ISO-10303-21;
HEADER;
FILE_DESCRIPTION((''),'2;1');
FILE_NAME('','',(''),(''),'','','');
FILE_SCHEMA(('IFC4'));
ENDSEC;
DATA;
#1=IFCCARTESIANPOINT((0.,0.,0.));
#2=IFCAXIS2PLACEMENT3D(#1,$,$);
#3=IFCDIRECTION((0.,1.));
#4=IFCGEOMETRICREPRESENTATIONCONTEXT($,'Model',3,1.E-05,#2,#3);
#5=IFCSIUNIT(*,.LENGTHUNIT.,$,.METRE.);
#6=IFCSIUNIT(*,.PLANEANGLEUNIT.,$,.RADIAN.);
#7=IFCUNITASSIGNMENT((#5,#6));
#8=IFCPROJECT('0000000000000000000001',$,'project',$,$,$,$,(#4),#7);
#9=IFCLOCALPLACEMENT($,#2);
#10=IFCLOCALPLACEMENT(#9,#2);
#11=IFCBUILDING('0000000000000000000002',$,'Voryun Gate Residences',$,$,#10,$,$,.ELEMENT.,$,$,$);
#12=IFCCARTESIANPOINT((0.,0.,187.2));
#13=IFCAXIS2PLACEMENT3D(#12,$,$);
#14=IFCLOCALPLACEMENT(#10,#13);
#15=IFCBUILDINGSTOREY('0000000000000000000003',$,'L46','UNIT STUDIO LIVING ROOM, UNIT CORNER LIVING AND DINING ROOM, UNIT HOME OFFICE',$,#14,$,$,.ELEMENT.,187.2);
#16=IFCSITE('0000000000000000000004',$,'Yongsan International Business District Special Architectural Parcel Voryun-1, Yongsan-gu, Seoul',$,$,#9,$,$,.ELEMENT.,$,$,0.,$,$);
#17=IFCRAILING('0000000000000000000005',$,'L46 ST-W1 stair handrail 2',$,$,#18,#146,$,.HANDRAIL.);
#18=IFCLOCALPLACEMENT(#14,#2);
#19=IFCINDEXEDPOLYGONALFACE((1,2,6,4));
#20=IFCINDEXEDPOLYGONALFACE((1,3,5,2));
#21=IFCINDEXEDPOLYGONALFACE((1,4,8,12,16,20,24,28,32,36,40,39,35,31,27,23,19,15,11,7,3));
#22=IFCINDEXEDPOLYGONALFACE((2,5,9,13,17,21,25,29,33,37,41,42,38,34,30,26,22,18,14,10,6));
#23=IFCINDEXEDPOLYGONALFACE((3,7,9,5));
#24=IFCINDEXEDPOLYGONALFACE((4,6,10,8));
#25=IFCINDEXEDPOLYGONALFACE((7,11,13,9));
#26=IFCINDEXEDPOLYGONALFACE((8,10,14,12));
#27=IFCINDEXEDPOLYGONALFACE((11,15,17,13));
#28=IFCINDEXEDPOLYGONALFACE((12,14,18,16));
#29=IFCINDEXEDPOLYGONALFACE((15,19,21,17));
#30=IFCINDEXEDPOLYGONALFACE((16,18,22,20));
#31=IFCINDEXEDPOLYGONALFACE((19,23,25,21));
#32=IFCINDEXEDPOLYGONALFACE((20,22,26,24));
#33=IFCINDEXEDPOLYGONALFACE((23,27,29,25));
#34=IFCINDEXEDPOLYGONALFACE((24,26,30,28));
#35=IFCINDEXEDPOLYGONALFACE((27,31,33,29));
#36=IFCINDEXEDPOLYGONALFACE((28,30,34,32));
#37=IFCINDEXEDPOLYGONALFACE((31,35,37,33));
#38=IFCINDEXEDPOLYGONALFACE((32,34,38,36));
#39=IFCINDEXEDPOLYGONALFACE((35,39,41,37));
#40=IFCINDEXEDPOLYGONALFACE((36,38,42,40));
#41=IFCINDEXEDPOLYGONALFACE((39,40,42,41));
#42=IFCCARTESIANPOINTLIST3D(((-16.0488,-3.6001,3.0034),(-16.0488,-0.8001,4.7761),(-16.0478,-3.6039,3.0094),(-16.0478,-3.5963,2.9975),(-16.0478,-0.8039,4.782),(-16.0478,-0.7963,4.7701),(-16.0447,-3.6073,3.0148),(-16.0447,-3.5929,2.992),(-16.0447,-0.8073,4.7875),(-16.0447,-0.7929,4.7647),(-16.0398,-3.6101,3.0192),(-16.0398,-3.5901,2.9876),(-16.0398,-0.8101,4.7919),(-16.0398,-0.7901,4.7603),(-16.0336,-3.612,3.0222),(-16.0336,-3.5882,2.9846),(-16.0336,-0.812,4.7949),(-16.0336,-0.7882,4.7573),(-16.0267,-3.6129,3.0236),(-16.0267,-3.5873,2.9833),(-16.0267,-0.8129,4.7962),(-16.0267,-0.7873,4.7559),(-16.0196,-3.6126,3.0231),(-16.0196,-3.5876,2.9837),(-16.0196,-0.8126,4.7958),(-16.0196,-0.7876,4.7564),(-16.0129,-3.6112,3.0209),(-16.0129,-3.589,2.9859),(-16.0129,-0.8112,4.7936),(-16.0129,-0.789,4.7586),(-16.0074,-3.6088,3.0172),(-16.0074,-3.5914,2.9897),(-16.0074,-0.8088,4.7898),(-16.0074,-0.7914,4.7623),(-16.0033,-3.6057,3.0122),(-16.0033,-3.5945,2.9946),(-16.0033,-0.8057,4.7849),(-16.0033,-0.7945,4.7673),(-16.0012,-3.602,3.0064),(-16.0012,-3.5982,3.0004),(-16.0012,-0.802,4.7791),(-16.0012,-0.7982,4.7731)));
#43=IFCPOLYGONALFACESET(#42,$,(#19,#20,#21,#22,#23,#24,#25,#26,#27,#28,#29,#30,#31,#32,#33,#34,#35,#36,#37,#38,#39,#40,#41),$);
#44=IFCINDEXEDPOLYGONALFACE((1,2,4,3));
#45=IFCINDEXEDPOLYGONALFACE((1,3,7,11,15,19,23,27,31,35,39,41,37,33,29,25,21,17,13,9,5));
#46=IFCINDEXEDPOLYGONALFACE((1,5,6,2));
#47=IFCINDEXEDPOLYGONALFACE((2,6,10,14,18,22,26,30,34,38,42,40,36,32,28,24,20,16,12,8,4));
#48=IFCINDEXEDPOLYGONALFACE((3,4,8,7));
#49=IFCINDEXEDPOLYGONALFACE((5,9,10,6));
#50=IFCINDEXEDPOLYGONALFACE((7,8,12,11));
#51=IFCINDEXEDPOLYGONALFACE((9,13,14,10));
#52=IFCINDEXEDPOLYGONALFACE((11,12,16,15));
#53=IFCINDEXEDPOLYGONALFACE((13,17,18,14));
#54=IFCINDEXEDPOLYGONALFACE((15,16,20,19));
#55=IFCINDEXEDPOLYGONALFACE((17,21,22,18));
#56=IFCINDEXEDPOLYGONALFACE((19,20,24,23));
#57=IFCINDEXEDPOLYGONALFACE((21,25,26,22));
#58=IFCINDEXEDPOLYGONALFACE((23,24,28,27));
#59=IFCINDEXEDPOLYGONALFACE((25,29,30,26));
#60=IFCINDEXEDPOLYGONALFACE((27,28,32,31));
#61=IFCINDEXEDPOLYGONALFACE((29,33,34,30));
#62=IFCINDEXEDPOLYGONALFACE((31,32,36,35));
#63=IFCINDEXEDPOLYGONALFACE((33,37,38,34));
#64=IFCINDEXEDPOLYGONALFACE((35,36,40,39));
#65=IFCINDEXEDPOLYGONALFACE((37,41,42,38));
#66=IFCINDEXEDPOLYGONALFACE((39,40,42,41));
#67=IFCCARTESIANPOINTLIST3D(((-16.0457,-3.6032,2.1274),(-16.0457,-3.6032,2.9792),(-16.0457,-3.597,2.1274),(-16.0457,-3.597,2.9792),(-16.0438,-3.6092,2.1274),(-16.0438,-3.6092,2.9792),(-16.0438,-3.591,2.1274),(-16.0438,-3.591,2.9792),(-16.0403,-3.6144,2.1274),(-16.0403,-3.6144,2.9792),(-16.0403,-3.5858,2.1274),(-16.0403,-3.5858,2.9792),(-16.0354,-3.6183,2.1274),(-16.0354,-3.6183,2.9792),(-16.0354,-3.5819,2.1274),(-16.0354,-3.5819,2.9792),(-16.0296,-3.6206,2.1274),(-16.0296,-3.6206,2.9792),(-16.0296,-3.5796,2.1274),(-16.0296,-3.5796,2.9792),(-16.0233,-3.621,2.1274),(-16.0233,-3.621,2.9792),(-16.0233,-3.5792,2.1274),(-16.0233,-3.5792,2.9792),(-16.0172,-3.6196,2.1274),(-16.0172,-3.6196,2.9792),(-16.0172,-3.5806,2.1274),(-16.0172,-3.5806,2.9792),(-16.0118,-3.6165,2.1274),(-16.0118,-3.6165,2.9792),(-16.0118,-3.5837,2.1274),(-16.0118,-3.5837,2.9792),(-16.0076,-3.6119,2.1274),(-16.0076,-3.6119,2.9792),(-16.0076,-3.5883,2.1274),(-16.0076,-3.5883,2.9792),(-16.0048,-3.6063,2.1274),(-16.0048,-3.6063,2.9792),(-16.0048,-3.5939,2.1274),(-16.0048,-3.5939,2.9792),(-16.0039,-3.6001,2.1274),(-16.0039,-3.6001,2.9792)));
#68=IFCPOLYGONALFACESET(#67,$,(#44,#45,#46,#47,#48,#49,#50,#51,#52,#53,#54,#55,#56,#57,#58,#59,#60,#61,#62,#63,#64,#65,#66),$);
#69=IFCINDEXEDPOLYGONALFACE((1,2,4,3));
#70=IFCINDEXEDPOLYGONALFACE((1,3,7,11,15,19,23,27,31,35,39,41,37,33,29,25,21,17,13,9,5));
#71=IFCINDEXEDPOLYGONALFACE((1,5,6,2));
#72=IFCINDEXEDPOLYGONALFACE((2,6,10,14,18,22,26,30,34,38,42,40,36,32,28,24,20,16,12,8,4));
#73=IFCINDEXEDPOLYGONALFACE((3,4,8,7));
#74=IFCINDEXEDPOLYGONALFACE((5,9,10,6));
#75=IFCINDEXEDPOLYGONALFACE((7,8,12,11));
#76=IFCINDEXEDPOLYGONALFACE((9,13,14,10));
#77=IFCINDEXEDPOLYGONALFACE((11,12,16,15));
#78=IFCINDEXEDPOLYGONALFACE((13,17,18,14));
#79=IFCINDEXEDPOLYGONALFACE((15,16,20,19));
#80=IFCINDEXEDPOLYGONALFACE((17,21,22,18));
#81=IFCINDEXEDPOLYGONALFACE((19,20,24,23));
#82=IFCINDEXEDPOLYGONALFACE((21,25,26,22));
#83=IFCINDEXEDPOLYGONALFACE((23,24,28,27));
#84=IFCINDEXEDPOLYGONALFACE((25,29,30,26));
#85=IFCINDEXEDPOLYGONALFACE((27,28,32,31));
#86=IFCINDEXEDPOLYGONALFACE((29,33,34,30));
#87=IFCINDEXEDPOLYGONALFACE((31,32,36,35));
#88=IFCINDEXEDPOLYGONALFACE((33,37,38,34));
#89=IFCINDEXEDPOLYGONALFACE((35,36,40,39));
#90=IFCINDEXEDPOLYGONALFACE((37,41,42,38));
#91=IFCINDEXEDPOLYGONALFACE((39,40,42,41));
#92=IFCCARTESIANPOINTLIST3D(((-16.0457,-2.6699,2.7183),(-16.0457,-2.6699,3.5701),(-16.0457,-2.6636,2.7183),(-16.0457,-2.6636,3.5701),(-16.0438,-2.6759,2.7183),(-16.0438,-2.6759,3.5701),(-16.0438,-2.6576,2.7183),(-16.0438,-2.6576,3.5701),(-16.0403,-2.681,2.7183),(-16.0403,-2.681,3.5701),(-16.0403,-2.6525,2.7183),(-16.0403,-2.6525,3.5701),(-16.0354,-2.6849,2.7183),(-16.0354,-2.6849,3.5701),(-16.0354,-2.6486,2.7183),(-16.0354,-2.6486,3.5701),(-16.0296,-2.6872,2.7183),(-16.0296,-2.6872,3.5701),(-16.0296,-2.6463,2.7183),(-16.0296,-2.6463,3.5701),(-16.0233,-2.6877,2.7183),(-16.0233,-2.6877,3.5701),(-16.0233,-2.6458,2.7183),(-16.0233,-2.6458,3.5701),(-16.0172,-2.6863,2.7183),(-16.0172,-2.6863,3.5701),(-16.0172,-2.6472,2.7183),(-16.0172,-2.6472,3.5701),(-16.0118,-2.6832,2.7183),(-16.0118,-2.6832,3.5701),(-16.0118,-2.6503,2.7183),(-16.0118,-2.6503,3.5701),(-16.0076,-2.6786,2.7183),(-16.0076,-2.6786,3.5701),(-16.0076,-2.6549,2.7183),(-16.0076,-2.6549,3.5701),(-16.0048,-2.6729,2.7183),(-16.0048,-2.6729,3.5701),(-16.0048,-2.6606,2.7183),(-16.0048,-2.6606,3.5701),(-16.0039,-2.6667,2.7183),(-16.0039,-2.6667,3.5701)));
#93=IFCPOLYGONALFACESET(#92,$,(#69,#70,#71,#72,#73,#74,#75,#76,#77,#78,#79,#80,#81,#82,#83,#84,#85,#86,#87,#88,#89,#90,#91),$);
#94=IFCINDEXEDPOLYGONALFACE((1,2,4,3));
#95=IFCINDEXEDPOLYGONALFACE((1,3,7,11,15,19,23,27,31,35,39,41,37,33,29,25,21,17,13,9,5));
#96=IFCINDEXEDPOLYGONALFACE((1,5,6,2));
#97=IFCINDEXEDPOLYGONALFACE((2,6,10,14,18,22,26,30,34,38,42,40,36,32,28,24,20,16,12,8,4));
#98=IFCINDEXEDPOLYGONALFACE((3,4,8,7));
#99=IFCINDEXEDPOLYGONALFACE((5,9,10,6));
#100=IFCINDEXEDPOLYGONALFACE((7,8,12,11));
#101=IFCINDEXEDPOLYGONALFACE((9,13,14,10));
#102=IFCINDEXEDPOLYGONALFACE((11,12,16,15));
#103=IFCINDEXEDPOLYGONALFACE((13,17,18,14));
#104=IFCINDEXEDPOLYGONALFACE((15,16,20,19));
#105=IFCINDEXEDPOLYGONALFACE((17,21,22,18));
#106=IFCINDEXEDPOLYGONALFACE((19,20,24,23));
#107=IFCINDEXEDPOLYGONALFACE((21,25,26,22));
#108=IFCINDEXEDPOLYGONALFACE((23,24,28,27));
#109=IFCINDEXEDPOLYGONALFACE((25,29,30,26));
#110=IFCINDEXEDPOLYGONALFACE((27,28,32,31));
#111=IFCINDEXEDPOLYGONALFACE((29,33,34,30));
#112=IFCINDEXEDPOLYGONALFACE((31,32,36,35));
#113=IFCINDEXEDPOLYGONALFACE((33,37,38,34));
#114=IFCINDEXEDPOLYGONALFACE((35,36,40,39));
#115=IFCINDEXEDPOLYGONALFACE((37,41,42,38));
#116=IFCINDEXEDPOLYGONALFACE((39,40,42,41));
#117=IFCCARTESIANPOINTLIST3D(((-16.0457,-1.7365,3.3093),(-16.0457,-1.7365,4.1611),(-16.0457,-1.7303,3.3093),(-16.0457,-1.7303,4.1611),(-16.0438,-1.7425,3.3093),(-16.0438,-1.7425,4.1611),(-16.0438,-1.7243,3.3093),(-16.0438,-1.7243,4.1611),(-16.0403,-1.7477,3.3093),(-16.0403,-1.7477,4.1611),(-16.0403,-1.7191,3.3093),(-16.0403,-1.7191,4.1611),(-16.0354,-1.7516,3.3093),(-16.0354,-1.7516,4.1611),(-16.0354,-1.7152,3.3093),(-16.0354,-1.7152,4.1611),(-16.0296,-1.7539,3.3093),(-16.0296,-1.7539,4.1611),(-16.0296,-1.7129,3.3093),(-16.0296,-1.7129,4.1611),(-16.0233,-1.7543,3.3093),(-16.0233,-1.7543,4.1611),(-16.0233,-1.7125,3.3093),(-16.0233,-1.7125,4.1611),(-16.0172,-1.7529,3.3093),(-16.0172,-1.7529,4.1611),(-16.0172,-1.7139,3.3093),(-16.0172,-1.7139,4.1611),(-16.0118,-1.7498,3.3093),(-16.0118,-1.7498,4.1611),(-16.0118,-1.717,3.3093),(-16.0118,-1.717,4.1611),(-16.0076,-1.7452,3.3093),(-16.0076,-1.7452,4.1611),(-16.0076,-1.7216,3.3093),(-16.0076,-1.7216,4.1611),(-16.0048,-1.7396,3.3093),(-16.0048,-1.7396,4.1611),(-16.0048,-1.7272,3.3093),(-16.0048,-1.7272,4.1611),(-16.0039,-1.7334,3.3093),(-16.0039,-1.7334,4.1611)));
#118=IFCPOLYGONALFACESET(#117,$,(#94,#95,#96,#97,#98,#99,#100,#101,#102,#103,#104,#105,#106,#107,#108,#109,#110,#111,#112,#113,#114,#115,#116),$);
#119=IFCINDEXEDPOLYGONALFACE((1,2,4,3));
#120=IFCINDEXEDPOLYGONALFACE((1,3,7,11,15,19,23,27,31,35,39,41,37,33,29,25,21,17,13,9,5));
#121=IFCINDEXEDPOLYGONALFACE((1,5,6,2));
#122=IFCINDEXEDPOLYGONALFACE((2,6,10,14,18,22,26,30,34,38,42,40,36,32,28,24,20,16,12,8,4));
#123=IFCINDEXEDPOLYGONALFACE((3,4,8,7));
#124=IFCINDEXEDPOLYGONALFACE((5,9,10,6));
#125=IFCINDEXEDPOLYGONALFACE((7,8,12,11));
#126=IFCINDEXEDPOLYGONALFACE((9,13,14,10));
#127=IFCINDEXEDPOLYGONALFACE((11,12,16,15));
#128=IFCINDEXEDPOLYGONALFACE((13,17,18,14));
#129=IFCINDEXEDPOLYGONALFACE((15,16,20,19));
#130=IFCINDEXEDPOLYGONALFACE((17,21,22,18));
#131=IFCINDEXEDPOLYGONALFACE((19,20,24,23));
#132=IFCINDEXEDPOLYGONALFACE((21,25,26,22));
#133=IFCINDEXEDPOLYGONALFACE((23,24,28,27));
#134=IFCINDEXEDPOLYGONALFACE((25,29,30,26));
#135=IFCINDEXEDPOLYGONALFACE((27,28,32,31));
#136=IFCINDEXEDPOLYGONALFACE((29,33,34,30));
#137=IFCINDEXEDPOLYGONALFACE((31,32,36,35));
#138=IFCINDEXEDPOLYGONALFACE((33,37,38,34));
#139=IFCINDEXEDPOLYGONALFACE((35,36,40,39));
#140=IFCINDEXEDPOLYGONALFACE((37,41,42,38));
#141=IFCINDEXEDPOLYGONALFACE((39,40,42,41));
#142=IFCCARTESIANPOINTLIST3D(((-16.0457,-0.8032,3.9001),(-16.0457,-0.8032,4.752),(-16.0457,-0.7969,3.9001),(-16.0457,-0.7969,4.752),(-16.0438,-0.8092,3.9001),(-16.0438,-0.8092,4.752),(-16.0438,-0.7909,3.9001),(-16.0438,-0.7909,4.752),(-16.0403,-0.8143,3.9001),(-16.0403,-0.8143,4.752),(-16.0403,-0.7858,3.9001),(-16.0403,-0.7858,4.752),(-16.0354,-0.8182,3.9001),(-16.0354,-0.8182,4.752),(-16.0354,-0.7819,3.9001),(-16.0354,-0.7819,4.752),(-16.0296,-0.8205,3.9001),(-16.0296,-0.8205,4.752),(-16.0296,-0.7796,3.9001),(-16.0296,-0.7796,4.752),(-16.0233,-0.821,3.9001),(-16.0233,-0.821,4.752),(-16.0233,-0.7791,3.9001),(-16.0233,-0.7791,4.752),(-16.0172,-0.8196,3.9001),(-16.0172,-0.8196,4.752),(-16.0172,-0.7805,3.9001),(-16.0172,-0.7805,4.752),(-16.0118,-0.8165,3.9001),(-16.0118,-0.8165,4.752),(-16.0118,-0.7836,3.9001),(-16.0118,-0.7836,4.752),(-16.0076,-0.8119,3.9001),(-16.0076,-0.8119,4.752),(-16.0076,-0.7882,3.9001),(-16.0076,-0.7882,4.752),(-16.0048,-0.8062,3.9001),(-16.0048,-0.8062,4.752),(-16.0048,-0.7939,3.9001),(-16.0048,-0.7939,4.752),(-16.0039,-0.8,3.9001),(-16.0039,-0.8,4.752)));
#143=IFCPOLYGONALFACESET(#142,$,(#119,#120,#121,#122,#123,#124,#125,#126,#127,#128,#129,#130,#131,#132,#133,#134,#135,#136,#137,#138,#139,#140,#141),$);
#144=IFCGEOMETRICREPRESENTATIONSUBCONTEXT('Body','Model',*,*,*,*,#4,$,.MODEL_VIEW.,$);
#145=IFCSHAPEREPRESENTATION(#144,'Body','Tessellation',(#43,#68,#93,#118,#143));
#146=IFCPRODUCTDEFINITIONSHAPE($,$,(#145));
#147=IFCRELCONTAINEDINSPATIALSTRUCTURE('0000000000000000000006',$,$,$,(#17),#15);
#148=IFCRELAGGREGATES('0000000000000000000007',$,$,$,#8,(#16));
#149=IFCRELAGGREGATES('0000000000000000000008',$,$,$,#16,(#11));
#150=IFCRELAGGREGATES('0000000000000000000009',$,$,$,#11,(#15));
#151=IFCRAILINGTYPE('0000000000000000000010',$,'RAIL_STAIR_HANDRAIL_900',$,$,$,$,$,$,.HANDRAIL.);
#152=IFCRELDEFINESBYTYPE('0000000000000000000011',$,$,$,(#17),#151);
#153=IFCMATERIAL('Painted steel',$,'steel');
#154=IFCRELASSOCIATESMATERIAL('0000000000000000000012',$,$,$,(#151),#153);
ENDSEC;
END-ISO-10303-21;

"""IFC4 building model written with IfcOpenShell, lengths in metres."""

from ifc_helpers import new_model, si_unit, direction, frame, origin, origin_2d, place, context, subcontext, project, spatial, circle, extrude, material, type_object, element, save


model = new_model("IFC4")

# Units and contexts
model_context = context("Model", 3, precision=1e-05, world=origin(), true_north=direction((0.0, 1.0)))
body_context = subcontext(model_context, "Body", "Model", "MODEL_VIEW")
ifc_project = project(units=[si_unit("LENGTHUNIT", "METRE"), si_unit("PLANEANGLEUNIT", "RADIAN")], contexts=[model_context])

# Site, building, storey
site_placement = place(None, origin())
site = spatial("IfcSite", under=ifc_project, at=site_placement, Name="Yongsan International Business District Special Architectural Parcel Voryun-1, Yongsan-gu, Seoul", CompositionType="ELEMENT", RefElevation=0.0)
building_placement = place(site_placement, origin())
building = spatial("IfcBuilding", under=site, at=building_placement, Name="Voryun Gate Residences", CompositionType="ELEMENT")
storey_placement = place(building_placement, frame((0.0, 0.0, 187.2)))
storey = spatial("IfcBuildingStorey", under=building, at=storey_placement, Name="L46", Description="UNIT STUDIO LIVING ROOM, UNIT CORNER LIVING AND DINING ROOM, UNIT HOME OFFICE", CompositionType="ELEMENT", Elevation=187.2)

# Railing
ifc_material_1 = material(Name="Painted steel", Category="steel")
railing_type_1 = type_object("IfcRailingType", Name="RAIL_STAIR_HANDRAIL_900", PredefinedType="HANDRAIL", material=ifc_material_1)
railing_1_placement = place(storey_placement, frame((-16.0249, -3.6001, 2.1274)))
element("IfcRailing", 1, at=railing_1_placement, inside=storey, type_object=railing_type_1, Name="L46 ST-W1 stair handrail 2", PredefinedType="HANDRAIL", context=body_context, shape_type="SweptSolid", body=[
    extrude(circle(Radius=0.0239, at=origin_2d()), frame((0.0, 0.0, 0.876), z_axis=(0.0, 0.844909, 0.53491), x_axis=(-1.0, 0.0, 0.0)), (0.0, 0.0, 1.0), 3.314),
    extrude(circle(Radius=0.021, at=origin_2d()), origin(), (0.0, 0.0, 1.0), 0.8518),
    extrude(circle(Radius=0.021, at=origin_2d()), frame((0.0, 0.9333, 0.5908)), (0.0, 0.0, 1.0), 0.8518),
    extrude(circle(Radius=0.021, at=origin_2d()), frame((0.0, 1.8667, 1.1819)), (0.0, 0.0, 1.0), 0.8518),
    extrude(circle(Radius=0.021, at=origin_2d()), frame((0.0, 2.8, 1.7727)), (0.0, 0.0, 1.0), 0.8518),
])

save(model, "model.ifc")
